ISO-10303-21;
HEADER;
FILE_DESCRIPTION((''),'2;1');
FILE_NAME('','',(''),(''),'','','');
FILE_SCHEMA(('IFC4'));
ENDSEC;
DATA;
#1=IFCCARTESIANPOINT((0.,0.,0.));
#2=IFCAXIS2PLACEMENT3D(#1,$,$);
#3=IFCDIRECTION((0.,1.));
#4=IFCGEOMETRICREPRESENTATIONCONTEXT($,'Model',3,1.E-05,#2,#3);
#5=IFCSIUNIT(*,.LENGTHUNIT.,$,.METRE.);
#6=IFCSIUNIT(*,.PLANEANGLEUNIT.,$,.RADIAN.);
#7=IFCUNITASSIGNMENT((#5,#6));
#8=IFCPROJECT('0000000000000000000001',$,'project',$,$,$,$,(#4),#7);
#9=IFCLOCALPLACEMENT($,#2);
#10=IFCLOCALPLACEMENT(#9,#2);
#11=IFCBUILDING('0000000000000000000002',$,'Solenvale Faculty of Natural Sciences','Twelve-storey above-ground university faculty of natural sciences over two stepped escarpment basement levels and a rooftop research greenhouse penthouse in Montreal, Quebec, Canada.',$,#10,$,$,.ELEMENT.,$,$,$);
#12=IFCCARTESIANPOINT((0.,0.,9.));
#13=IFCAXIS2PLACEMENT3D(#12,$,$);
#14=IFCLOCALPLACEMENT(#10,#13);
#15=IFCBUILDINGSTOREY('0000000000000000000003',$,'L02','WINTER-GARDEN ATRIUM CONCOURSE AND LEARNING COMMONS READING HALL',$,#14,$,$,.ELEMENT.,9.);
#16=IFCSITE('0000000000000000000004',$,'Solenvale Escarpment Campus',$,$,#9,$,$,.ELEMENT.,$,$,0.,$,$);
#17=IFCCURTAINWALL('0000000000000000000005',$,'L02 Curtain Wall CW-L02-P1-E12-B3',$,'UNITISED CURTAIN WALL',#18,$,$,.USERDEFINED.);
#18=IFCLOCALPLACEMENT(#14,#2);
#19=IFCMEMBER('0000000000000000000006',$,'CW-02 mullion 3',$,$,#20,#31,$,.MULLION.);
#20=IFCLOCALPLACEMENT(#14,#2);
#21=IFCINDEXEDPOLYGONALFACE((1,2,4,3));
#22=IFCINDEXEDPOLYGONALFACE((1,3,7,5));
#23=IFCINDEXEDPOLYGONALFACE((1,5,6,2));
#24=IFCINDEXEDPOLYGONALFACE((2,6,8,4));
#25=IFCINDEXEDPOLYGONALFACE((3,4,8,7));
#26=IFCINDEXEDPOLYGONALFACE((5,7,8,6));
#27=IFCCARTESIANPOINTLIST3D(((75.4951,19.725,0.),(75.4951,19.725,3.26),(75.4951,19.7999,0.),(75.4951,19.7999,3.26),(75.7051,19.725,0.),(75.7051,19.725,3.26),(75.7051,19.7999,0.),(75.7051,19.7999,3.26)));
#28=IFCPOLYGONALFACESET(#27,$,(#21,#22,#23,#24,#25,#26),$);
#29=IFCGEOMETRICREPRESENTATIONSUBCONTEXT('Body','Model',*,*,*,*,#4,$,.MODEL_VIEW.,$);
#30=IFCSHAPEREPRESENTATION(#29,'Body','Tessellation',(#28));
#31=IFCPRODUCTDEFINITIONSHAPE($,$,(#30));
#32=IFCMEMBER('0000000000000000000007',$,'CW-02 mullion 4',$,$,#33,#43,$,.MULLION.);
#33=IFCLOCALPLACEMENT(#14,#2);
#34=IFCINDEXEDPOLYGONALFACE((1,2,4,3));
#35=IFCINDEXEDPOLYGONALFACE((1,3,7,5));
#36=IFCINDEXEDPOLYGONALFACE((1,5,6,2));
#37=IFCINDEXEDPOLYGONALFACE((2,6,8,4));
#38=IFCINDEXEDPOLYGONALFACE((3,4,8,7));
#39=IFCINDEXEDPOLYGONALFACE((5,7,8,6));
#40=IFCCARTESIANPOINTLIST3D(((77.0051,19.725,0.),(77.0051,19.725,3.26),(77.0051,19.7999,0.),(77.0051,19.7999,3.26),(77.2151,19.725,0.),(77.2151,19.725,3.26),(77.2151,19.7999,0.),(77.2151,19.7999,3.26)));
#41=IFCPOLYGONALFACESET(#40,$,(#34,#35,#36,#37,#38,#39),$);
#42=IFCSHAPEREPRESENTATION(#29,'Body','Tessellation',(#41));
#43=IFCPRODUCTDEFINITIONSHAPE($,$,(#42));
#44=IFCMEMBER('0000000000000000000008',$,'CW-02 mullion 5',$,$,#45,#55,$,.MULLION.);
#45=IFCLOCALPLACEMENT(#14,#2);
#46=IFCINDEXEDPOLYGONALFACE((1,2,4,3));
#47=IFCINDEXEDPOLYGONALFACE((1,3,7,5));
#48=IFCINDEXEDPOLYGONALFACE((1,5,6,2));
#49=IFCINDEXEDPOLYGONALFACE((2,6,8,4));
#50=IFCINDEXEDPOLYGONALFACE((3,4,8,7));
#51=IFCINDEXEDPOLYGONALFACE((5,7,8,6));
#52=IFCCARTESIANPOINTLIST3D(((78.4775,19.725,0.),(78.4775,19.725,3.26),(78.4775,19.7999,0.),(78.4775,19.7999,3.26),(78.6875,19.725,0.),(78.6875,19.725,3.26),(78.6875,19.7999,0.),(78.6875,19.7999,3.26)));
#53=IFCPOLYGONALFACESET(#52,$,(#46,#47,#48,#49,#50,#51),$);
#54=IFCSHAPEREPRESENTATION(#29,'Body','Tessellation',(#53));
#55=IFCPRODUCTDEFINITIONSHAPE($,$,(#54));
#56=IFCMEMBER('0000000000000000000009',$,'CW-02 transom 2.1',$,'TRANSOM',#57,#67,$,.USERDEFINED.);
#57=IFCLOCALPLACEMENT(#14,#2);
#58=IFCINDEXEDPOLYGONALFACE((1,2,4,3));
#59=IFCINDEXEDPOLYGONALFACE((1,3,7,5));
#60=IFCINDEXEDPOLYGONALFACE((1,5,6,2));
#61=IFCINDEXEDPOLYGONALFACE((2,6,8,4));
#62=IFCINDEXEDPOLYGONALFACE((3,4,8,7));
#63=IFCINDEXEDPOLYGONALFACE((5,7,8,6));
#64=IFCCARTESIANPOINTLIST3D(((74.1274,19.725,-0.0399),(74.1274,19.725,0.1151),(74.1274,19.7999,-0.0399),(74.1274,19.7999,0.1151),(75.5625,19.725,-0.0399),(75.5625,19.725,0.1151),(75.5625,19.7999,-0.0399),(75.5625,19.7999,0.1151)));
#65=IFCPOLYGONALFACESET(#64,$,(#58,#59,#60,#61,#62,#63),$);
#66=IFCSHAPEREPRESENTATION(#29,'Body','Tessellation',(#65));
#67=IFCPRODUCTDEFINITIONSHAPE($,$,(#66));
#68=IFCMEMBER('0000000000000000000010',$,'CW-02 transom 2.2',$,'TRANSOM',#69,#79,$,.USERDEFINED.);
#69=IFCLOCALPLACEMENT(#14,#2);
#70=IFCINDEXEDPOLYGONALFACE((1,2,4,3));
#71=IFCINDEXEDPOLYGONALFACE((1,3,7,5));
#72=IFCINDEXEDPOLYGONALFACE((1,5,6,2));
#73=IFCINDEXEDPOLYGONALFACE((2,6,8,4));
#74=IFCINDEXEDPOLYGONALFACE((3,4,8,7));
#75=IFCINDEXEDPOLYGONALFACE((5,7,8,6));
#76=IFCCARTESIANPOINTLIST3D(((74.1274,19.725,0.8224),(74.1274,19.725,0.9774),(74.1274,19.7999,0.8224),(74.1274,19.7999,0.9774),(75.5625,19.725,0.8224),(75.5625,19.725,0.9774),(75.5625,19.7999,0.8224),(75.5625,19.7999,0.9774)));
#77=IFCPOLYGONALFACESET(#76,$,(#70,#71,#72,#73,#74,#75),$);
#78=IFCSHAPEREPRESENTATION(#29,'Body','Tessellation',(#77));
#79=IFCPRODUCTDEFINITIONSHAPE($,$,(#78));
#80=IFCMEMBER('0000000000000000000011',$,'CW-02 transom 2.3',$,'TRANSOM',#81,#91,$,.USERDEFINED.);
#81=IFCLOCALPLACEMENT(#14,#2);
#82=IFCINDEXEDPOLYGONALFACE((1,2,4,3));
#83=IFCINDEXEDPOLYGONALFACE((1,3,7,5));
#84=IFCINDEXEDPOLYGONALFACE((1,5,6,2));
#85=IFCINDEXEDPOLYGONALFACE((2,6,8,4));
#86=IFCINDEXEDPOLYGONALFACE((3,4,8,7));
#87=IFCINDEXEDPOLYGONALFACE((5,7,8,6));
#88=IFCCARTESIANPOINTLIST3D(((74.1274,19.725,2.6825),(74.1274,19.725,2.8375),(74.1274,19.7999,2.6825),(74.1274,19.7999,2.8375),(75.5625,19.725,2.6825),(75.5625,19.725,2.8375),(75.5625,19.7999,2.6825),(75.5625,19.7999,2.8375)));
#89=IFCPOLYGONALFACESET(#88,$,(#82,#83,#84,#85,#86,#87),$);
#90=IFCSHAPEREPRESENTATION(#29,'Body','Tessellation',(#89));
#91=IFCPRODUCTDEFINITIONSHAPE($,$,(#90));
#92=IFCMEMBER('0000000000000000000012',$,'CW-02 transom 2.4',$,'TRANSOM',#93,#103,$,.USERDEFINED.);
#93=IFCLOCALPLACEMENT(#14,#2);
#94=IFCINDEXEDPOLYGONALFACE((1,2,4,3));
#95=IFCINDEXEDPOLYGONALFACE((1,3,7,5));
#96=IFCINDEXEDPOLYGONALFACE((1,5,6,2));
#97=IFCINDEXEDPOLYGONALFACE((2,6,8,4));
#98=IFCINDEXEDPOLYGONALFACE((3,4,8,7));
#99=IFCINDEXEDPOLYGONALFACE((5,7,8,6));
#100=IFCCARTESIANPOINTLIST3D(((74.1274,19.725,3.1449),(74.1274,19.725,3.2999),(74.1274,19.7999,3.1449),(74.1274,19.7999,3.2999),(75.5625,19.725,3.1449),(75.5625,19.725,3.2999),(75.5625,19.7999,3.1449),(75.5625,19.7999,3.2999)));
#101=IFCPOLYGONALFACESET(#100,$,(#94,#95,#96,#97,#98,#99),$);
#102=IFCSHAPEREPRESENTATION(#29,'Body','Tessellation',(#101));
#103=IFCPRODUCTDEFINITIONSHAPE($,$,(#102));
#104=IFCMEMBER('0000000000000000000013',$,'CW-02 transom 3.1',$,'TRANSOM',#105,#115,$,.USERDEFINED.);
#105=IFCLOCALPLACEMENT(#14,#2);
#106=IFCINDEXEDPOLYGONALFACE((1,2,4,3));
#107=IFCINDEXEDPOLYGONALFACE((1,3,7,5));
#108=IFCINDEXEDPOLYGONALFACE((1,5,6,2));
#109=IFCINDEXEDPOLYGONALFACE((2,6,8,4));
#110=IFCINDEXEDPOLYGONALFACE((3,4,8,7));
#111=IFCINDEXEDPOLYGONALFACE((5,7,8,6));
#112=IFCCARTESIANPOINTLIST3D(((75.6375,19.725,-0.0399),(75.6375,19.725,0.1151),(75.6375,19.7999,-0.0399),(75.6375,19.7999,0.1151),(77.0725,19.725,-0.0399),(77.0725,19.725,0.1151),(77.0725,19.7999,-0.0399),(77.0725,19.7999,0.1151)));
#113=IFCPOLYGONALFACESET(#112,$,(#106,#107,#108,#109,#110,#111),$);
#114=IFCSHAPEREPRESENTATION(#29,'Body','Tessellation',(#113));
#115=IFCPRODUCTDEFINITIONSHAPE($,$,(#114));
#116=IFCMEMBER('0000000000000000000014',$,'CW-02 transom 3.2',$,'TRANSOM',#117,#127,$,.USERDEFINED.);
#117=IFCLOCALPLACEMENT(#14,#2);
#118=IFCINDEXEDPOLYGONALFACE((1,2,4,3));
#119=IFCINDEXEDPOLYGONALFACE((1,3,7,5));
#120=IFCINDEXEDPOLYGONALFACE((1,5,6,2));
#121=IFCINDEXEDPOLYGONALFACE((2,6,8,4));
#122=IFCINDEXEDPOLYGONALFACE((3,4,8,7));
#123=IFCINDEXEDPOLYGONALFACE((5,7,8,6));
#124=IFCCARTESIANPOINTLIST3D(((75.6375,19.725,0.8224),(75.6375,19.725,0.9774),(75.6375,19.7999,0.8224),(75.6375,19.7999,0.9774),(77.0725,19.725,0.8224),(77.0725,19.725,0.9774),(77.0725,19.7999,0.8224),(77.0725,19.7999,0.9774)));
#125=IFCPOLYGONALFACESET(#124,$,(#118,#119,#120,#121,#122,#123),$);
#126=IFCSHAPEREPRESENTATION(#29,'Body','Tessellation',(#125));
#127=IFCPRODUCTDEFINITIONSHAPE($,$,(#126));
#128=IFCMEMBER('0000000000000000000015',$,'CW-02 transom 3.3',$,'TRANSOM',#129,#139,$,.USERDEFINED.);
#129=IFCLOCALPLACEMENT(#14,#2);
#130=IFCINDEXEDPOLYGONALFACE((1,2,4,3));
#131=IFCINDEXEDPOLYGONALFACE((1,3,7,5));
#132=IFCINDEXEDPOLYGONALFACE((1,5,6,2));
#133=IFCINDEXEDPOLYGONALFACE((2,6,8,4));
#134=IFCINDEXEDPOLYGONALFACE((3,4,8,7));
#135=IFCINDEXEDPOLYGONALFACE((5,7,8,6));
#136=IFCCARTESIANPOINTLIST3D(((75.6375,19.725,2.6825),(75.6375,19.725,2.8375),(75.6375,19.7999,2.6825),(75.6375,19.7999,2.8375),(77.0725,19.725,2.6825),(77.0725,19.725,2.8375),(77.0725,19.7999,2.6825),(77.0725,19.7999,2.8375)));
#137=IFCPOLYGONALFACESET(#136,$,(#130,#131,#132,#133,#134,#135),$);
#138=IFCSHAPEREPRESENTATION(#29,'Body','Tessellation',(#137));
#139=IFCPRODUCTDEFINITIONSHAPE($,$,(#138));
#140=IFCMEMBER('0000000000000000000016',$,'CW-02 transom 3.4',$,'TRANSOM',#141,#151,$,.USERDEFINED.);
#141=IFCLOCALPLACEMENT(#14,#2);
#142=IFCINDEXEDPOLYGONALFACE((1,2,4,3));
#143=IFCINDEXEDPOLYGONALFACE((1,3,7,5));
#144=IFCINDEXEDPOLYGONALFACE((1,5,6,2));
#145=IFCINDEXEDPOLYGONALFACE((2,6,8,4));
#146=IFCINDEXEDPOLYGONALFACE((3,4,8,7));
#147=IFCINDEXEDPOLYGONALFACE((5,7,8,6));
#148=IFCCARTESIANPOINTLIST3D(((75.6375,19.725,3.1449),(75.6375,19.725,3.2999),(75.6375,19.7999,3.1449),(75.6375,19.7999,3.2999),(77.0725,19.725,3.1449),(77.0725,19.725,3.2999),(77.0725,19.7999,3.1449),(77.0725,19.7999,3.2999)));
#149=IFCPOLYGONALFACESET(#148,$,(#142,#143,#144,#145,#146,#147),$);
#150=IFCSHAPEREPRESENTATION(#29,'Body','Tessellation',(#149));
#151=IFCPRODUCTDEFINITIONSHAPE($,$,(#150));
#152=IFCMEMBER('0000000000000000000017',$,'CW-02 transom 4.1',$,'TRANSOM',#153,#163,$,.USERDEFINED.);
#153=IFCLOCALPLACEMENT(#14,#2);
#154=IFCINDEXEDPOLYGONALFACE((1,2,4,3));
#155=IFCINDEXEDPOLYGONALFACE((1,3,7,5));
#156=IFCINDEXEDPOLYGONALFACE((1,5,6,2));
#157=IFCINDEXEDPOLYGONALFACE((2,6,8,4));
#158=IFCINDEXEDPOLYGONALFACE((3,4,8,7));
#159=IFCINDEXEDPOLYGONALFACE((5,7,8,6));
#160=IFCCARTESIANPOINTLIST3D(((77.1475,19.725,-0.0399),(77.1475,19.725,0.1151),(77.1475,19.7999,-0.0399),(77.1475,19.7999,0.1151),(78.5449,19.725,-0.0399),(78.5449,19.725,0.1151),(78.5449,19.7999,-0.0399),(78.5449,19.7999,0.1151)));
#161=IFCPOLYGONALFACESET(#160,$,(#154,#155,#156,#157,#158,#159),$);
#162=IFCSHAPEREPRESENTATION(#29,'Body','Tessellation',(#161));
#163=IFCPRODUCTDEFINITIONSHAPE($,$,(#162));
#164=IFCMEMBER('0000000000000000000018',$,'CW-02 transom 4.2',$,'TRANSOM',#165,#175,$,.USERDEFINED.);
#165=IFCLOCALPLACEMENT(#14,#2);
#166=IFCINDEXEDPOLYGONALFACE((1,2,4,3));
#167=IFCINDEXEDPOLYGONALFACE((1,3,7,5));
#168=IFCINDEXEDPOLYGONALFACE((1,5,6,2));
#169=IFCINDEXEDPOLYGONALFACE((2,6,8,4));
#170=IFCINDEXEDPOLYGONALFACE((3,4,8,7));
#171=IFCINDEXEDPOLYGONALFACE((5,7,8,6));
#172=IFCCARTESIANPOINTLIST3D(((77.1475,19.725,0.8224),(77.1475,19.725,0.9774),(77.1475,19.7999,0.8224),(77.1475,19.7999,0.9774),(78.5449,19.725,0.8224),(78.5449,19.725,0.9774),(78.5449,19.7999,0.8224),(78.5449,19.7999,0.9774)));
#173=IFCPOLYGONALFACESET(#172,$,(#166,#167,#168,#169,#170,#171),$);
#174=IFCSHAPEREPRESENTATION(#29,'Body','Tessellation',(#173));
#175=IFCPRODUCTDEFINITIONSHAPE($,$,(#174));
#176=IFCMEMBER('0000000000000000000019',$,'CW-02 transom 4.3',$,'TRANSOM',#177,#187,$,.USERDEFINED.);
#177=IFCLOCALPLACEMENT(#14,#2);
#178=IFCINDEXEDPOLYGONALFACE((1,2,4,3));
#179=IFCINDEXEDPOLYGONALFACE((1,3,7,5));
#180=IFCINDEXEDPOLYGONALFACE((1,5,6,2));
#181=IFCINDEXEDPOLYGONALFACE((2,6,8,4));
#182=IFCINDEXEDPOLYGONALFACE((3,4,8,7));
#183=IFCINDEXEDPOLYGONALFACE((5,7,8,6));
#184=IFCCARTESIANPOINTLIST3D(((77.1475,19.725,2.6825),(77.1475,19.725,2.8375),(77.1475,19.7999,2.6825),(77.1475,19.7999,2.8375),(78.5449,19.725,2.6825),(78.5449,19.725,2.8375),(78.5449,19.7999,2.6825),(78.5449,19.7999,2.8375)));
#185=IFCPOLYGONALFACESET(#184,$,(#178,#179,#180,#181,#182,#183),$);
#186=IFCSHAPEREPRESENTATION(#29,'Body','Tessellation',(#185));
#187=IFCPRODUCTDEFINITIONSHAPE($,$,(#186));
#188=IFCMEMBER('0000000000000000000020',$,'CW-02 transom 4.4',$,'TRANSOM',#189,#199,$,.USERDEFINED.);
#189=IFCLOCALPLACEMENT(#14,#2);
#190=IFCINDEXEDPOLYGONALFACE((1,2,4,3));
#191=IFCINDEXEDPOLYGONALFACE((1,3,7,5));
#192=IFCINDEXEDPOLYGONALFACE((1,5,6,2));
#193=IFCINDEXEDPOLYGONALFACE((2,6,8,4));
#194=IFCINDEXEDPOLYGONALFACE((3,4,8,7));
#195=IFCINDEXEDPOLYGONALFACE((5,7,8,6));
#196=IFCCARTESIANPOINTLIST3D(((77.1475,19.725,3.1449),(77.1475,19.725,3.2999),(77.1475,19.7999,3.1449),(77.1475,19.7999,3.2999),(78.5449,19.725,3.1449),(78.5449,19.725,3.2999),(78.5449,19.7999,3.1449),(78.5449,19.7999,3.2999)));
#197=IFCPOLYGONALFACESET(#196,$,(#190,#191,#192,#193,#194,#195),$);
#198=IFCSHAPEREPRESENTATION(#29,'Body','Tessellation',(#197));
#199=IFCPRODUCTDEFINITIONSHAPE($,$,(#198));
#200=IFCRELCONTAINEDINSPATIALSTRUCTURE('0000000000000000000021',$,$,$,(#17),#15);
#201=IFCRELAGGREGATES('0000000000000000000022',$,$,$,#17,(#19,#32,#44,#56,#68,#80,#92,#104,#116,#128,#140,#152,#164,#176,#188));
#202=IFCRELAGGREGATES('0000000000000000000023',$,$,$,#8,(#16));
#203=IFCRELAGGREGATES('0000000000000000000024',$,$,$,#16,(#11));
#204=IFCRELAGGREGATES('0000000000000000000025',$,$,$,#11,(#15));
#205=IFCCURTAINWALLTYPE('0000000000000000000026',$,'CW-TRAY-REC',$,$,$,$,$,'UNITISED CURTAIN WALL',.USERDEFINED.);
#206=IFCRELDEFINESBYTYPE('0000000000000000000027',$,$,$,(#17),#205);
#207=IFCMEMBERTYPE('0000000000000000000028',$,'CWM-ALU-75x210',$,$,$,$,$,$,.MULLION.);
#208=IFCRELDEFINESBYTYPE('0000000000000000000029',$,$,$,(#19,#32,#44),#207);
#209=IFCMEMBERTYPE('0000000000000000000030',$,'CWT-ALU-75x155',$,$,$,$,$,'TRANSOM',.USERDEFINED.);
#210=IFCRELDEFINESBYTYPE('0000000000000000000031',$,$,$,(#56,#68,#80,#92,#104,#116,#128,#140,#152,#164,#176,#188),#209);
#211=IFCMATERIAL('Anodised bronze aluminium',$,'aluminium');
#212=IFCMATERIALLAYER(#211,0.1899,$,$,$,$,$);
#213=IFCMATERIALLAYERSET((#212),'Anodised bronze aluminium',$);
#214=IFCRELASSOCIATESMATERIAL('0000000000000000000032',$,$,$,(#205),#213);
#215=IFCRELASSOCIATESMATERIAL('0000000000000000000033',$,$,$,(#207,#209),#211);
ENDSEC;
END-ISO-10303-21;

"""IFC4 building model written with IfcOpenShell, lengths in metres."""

from ifc_helpers import new_model, si_unit, direction, frame, origin, origin_2d, place, context, subcontext, project, spatial, rectangle, extrude, material, layer, layer_set, material_profile, profile_set, type_object, element, aggregate, save


model = new_model("IFC4")

# Units and contexts
model_context = context("Model", 3, precision=1e-05, world=origin(), true_north=direction((0.0, 1.0)))
body_context = subcontext(model_context, "Body", "Model", "MODEL_VIEW")
ifc_project = project(units=[si_unit("LENGTHUNIT", "METRE"), si_unit("PLANEANGLEUNIT", "RADIAN")], contexts=[model_context])

# Site, building, storey
site_placement = place(None, origin())
site = spatial("IfcSite", under=ifc_project, at=site_placement, Name="Solenvale Escarpment Campus", CompositionType="ELEMENT", RefElevation=0.0)
building_placement = place(site_placement, origin())
building = spatial("IfcBuilding", under=site, at=building_placement, Name="Solenvale Faculty of Natural Sciences", Description="Twelve-storey above-ground university faculty of natural sciences over two stepped escarpment basement levels and a rooftop research greenhouse penthouse in Montreal, Quebec, Canada.", CompositionType="ELEMENT")
storey_placement = place(building_placement, frame((0.0, 0.0, 9.0)))
storey = spatial("IfcBuildingStorey", under=building, at=storey_placement, Name="L02", Description="WINTER-GARDEN ATRIUM CONCOURSE AND LEARNING COMMONS READING HALL", CompositionType="ELEMENT", Elevation=9.0)

# Curtain wall, members
ifc_material_1 = material(Name="Anodised bronze aluminium", Category="aluminium")
ifc_layer_1 = layer(ifc_material_1, 0.1899)
ifc_layer_set_1 = layer_set([ifc_layer_1], Name="Anodised bronze aluminium")
curtain_wall_type = type_object("IfcCurtainWallType", Name="CW-TRAY-REC", ElementType="UNITISED CURTAIN WALL", PredefinedType="USERDEFINED", material=ifc_layer_set_1)
curtain_wall_placement = place(storey_placement, origin())
curtain_wall = element("IfcCurtainWall", 1, at=curtain_wall_placement, inside=storey, type_object=curtain_wall_type, Name="L02 Curtain Wall CW-L02-P1-E12-B3", ObjectType="UNITISED CURTAIN WALL", PredefinedType="USERDEFINED")
ifc_material_profile_1 = material_profile(ifc_material_1, rectangle(XDim=0.075, YDim=0.21, at=origin_2d()), Name="ALU-MUL-75x210")
ifc_profile_set_1 = profile_set([ifc_material_profile_1], Name="Anodised bronze aluminium")
member_type_1 = type_object("IfcMemberType", Name="CWM-ALU-75x210", PredefinedType="MULLION", material=ifc_profile_set_1)
member_1_placement = place(storey_placement, frame((75.6001, 19.7625, 0.0), z_axis=(0.0, 0.0, 1.0), x_axis=(0.0, 1.0, 0.0)))
member_1 = element("IfcMember", 2, at=member_1_placement, type_object=member_type_1, Name="CW-02 mullion 3", PredefinedType="MULLION", context=body_context, shape_type="SweptSolid", body=[
    extrude(rectangle(XDim=0.075, YDim=0.21, at=origin_2d()), origin(), (0.0, 0.0, 1.0), 3.26),
])
member_2_placement = place(storey_placement, frame((77.1101, 19.7625, 0.0), z_axis=(0.0, 0.0, 1.0), x_axis=(0.0, 1.0, 0.0)))
member_2 = element("IfcMember", 3, at=member_2_placement, type_object=member_type_1, Name="CW-02 mullion 4", PredefinedType="MULLION", context=body_context, shape_type="SweptSolid", body=[
    extrude(rectangle(XDim=0.075, YDim=0.21, at=origin_2d()), origin(), (0.0, 0.0, 1.0), 3.26),
])
member_3_placement = place(storey_placement, frame((78.5825, 19.7625, 0.0), z_axis=(0.0, 0.0, 1.0), x_axis=(0.0, 1.0, 0.0)))
member_3 = element("IfcMember", 4, at=member_3_placement, type_object=member_type_1, Name="CW-02 mullion 5", PredefinedType="MULLION", context=body_context, shape_type="SweptSolid", body=[
    extrude(rectangle(XDim=0.075, YDim=0.21, at=origin_2d()), origin(), (0.0, 0.0, 1.0), 3.26),
])
ifc_material_profile_2 = material_profile(ifc_material_1, rectangle(XDim=0.075, YDim=0.155, at=origin_2d()), Name="ALU-TRN-75x155")
ifc_profile_set_2 = profile_set([ifc_material_profile_2], Name="Anodised bronze aluminium")
member_type_2 = type_object("IfcMemberType", Name="CWT-ALU-75x155", ElementType="TRANSOM", PredefinedType="USERDEFINED", material=ifc_profile_set_2)
member_4_placement = place(storey_placement, frame((74.1274, 19.7625, 0.0376), z_axis=(1.0, 0.0, 0.0), x_axis=(0.0, 1.0, 0.0)))
member_4 = element("IfcMember", 5, at=member_4_placement, type_object=member_type_2, Name="CW-02 transom 2.1", ObjectType="TRANSOM", PredefinedType="USERDEFINED", context=body_context, shape_type="SweptSolid", body=[
    extrude(rectangle(XDim=0.075, YDim=0.155, at=origin_2d()), origin(), (0.0, 0.0, 1.0), 1.4351),
])
member_5_placement = place(storey_placement, frame((74.1274, 19.7625, 0.8999), z_axis=(1.0, 0.0, 0.0), x_axis=(0.0, 1.0, 0.0)))
member_5 = element("IfcMember", 6, at=member_5_placement, type_object=member_type_2, Name="CW-02 transom 2.2", ObjectType="TRANSOM", PredefinedType="USERDEFINED", context=body_context, shape_type="SweptSolid", body=[
    extrude(rectangle(XDim=0.075, YDim=0.155, at=origin_2d()), origin(), (0.0, 0.0, 1.0), 1.4351),
])
member_6_placement = place(storey_placement, frame((74.1274, 19.7625, 2.76), z_axis=(1.0, 0.0, 0.0), x_axis=(0.0, 1.0, 0.0)))
member_6 = element("IfcMember", 7, at=member_6_placement, type_object=member_type_2, Name="CW-02 transom 2.3", ObjectType="TRANSOM", PredefinedType="USERDEFINED", context=body_context, shape_type="SweptSolid", body=[
    extrude(rectangle(XDim=0.075, YDim=0.155, at=origin_2d()), origin(), (0.0, 0.0, 1.0), 1.4351),
])
member_7_placement = place(storey_placement, frame((74.1274, 19.7625, 3.2224), z_axis=(1.0, 0.0, 0.0), x_axis=(0.0, 1.0, 0.0)))
member_7 = element("IfcMember", 8, at=member_7_placement, type_object=member_type_2, Name="CW-02 transom 2.4", ObjectType="TRANSOM", PredefinedType="USERDEFINED", context=body_context, shape_type="SweptSolid", body=[
    extrude(rectangle(XDim=0.075, YDim=0.155, at=origin_2d()), origin(), (0.0, 0.0, 1.0), 1.4351),
])
member_8_placement = place(storey_placement, frame((75.6375, 19.7625, 0.0376), z_axis=(1.0, 0.0, 0.0), x_axis=(0.0, 1.0, 0.0)))
member_8 = element("IfcMember", 9, at=member_8_placement, type_object=member_type_2, Name="CW-02 transom 3.1", ObjectType="TRANSOM", PredefinedType="USERDEFINED", context=body_context, shape_type="SweptSolid", body=[
    extrude(rectangle(XDim=0.075, YDim=0.155, at=origin_2d()), origin(), (0.0, 0.0, 1.0), 1.4351),
])
member_9_placement = place(storey_placement, frame((75.6375, 19.7625, 0.8999), z_axis=(1.0, 0.0, 0.0), x_axis=(0.0, 1.0, 0.0)))
member_9 = element("IfcMember", 10, at=member_9_placement, type_object=member_type_2, Name="CW-02 transom 3.2", ObjectType="TRANSOM", PredefinedType="USERDEFINED", context=body_context, shape_type="SweptSolid", body=[
    extrude(rectangle(XDim=0.075, YDim=0.155, at=origin_2d()), origin(), (0.0, 0.0, 1.0), 1.4351),
])
member_10_placement = place(storey_placement, frame((75.6375, 19.7625, 2.76), z_axis=(1.0, 0.0, 0.0), x_axis=(0.0, 1.0, 0.0)))
member_10 = element("IfcMember", 11, at=member_10_placement, type_object=member_type_2, Name="CW-02 transom 3.3", ObjectType="TRANSOM", PredefinedType="USERDEFINED", context=body_context, shape_type="SweptSolid", body=[
    extrude(rectangle(XDim=0.075, YDim=0.155, at=origin_2d()), origin(), (0.0, 0.0, 1.0), 1.4351),
])
member_11_placement = place(storey_placement, frame((75.6375, 19.7625, 3.2224), z_axis=(1.0, 0.0, 0.0), x_axis=(0.0, 1.0, 0.0)))
member_11 = element("IfcMember", 12, at=member_11_placement, type_object=member_type_2, Name="CW-02 transom 3.4", ObjectType="TRANSOM", PredefinedType="USERDEFINED", context=body_context, shape_type="SweptSolid", body=[
    extrude(rectangle(XDim=0.075, YDim=0.155, at=origin_2d()), origin(), (0.0, 0.0, 1.0), 1.4351),
])
member_12_placement = place(storey_placement, frame((77.1475, 19.7625, 0.0376), z_axis=(1.0, 0.0, 0.0), x_axis=(0.0, 1.0, 0.0)))
member_12 = element("IfcMember", 13, at=member_12_placement, type_object=member_type_2, Name="CW-02 transom 4.1", ObjectType="TRANSOM", PredefinedType="USERDEFINED", context=body_context, shape_type="SweptSolid", body=[
    extrude(rectangle(XDim=0.075, YDim=0.155, at=origin_2d()), origin(), (0.0, 0.0, 1.0), 1.3975),
])
member_13_placement = place(storey_placement, frame((77.1475, 19.7625, 0.8999), z_axis=(1.0, 0.0, 0.0), x_axis=(0.0, 1.0, 0.0)))
member_13 = element("IfcMember", 14, at=member_13_placement, type_object=member_type_2, Name="CW-02 transom 4.2", ObjectType="TRANSOM", PredefinedType="USERDEFINED", context=body_context, shape_type="SweptSolid", body=[
    extrude(rectangle(XDim=0.075, YDim=0.155, at=origin_2d()), origin(), (0.0, 0.0, 1.0), 1.3975),
])
member_14_placement = place(storey_placement, frame((77.1475, 19.7625, 2.76), z_axis=(1.0, 0.0, 0.0), x_axis=(0.0, 1.0, 0.0)))
member_14 = element("IfcMember", 15, at=member_14_placement, type_object=member_type_2, Name="CW-02 transom 4.3", ObjectType="TRANSOM", PredefinedType="USERDEFINED", context=body_context, shape_type="SweptSolid", body=[
    extrude(rectangle(XDim=0.075, YDim=0.155, at=origin_2d()), origin(), (0.0, 0.0, 1.0), 1.3975),
])
member_15_placement = place(storey_placement, frame((77.1475, 19.7625, 3.2224), z_axis=(1.0, 0.0, 0.0), x_axis=(0.0, 1.0, 0.0)))
member_15 = element("IfcMember", 16, at=member_15_placement, type_object=member_type_2, Name="CW-02 transom 4.4", ObjectType="TRANSOM", PredefinedType="USERDEFINED", context=body_context, shape_type="SweptSolid", body=[
    extrude(rectangle(XDim=0.075, YDim=0.155, at=origin_2d()), origin(), (0.0, 0.0, 1.0), 1.3975),
])
aggregate(curtain_wall, [member_1, member_2, member_3, member_4, member_5, member_6, member_7, member_8, member_9, member_10, member_11, member_12, member_13, member_14, member_15])

save(model, "model.ifc")
